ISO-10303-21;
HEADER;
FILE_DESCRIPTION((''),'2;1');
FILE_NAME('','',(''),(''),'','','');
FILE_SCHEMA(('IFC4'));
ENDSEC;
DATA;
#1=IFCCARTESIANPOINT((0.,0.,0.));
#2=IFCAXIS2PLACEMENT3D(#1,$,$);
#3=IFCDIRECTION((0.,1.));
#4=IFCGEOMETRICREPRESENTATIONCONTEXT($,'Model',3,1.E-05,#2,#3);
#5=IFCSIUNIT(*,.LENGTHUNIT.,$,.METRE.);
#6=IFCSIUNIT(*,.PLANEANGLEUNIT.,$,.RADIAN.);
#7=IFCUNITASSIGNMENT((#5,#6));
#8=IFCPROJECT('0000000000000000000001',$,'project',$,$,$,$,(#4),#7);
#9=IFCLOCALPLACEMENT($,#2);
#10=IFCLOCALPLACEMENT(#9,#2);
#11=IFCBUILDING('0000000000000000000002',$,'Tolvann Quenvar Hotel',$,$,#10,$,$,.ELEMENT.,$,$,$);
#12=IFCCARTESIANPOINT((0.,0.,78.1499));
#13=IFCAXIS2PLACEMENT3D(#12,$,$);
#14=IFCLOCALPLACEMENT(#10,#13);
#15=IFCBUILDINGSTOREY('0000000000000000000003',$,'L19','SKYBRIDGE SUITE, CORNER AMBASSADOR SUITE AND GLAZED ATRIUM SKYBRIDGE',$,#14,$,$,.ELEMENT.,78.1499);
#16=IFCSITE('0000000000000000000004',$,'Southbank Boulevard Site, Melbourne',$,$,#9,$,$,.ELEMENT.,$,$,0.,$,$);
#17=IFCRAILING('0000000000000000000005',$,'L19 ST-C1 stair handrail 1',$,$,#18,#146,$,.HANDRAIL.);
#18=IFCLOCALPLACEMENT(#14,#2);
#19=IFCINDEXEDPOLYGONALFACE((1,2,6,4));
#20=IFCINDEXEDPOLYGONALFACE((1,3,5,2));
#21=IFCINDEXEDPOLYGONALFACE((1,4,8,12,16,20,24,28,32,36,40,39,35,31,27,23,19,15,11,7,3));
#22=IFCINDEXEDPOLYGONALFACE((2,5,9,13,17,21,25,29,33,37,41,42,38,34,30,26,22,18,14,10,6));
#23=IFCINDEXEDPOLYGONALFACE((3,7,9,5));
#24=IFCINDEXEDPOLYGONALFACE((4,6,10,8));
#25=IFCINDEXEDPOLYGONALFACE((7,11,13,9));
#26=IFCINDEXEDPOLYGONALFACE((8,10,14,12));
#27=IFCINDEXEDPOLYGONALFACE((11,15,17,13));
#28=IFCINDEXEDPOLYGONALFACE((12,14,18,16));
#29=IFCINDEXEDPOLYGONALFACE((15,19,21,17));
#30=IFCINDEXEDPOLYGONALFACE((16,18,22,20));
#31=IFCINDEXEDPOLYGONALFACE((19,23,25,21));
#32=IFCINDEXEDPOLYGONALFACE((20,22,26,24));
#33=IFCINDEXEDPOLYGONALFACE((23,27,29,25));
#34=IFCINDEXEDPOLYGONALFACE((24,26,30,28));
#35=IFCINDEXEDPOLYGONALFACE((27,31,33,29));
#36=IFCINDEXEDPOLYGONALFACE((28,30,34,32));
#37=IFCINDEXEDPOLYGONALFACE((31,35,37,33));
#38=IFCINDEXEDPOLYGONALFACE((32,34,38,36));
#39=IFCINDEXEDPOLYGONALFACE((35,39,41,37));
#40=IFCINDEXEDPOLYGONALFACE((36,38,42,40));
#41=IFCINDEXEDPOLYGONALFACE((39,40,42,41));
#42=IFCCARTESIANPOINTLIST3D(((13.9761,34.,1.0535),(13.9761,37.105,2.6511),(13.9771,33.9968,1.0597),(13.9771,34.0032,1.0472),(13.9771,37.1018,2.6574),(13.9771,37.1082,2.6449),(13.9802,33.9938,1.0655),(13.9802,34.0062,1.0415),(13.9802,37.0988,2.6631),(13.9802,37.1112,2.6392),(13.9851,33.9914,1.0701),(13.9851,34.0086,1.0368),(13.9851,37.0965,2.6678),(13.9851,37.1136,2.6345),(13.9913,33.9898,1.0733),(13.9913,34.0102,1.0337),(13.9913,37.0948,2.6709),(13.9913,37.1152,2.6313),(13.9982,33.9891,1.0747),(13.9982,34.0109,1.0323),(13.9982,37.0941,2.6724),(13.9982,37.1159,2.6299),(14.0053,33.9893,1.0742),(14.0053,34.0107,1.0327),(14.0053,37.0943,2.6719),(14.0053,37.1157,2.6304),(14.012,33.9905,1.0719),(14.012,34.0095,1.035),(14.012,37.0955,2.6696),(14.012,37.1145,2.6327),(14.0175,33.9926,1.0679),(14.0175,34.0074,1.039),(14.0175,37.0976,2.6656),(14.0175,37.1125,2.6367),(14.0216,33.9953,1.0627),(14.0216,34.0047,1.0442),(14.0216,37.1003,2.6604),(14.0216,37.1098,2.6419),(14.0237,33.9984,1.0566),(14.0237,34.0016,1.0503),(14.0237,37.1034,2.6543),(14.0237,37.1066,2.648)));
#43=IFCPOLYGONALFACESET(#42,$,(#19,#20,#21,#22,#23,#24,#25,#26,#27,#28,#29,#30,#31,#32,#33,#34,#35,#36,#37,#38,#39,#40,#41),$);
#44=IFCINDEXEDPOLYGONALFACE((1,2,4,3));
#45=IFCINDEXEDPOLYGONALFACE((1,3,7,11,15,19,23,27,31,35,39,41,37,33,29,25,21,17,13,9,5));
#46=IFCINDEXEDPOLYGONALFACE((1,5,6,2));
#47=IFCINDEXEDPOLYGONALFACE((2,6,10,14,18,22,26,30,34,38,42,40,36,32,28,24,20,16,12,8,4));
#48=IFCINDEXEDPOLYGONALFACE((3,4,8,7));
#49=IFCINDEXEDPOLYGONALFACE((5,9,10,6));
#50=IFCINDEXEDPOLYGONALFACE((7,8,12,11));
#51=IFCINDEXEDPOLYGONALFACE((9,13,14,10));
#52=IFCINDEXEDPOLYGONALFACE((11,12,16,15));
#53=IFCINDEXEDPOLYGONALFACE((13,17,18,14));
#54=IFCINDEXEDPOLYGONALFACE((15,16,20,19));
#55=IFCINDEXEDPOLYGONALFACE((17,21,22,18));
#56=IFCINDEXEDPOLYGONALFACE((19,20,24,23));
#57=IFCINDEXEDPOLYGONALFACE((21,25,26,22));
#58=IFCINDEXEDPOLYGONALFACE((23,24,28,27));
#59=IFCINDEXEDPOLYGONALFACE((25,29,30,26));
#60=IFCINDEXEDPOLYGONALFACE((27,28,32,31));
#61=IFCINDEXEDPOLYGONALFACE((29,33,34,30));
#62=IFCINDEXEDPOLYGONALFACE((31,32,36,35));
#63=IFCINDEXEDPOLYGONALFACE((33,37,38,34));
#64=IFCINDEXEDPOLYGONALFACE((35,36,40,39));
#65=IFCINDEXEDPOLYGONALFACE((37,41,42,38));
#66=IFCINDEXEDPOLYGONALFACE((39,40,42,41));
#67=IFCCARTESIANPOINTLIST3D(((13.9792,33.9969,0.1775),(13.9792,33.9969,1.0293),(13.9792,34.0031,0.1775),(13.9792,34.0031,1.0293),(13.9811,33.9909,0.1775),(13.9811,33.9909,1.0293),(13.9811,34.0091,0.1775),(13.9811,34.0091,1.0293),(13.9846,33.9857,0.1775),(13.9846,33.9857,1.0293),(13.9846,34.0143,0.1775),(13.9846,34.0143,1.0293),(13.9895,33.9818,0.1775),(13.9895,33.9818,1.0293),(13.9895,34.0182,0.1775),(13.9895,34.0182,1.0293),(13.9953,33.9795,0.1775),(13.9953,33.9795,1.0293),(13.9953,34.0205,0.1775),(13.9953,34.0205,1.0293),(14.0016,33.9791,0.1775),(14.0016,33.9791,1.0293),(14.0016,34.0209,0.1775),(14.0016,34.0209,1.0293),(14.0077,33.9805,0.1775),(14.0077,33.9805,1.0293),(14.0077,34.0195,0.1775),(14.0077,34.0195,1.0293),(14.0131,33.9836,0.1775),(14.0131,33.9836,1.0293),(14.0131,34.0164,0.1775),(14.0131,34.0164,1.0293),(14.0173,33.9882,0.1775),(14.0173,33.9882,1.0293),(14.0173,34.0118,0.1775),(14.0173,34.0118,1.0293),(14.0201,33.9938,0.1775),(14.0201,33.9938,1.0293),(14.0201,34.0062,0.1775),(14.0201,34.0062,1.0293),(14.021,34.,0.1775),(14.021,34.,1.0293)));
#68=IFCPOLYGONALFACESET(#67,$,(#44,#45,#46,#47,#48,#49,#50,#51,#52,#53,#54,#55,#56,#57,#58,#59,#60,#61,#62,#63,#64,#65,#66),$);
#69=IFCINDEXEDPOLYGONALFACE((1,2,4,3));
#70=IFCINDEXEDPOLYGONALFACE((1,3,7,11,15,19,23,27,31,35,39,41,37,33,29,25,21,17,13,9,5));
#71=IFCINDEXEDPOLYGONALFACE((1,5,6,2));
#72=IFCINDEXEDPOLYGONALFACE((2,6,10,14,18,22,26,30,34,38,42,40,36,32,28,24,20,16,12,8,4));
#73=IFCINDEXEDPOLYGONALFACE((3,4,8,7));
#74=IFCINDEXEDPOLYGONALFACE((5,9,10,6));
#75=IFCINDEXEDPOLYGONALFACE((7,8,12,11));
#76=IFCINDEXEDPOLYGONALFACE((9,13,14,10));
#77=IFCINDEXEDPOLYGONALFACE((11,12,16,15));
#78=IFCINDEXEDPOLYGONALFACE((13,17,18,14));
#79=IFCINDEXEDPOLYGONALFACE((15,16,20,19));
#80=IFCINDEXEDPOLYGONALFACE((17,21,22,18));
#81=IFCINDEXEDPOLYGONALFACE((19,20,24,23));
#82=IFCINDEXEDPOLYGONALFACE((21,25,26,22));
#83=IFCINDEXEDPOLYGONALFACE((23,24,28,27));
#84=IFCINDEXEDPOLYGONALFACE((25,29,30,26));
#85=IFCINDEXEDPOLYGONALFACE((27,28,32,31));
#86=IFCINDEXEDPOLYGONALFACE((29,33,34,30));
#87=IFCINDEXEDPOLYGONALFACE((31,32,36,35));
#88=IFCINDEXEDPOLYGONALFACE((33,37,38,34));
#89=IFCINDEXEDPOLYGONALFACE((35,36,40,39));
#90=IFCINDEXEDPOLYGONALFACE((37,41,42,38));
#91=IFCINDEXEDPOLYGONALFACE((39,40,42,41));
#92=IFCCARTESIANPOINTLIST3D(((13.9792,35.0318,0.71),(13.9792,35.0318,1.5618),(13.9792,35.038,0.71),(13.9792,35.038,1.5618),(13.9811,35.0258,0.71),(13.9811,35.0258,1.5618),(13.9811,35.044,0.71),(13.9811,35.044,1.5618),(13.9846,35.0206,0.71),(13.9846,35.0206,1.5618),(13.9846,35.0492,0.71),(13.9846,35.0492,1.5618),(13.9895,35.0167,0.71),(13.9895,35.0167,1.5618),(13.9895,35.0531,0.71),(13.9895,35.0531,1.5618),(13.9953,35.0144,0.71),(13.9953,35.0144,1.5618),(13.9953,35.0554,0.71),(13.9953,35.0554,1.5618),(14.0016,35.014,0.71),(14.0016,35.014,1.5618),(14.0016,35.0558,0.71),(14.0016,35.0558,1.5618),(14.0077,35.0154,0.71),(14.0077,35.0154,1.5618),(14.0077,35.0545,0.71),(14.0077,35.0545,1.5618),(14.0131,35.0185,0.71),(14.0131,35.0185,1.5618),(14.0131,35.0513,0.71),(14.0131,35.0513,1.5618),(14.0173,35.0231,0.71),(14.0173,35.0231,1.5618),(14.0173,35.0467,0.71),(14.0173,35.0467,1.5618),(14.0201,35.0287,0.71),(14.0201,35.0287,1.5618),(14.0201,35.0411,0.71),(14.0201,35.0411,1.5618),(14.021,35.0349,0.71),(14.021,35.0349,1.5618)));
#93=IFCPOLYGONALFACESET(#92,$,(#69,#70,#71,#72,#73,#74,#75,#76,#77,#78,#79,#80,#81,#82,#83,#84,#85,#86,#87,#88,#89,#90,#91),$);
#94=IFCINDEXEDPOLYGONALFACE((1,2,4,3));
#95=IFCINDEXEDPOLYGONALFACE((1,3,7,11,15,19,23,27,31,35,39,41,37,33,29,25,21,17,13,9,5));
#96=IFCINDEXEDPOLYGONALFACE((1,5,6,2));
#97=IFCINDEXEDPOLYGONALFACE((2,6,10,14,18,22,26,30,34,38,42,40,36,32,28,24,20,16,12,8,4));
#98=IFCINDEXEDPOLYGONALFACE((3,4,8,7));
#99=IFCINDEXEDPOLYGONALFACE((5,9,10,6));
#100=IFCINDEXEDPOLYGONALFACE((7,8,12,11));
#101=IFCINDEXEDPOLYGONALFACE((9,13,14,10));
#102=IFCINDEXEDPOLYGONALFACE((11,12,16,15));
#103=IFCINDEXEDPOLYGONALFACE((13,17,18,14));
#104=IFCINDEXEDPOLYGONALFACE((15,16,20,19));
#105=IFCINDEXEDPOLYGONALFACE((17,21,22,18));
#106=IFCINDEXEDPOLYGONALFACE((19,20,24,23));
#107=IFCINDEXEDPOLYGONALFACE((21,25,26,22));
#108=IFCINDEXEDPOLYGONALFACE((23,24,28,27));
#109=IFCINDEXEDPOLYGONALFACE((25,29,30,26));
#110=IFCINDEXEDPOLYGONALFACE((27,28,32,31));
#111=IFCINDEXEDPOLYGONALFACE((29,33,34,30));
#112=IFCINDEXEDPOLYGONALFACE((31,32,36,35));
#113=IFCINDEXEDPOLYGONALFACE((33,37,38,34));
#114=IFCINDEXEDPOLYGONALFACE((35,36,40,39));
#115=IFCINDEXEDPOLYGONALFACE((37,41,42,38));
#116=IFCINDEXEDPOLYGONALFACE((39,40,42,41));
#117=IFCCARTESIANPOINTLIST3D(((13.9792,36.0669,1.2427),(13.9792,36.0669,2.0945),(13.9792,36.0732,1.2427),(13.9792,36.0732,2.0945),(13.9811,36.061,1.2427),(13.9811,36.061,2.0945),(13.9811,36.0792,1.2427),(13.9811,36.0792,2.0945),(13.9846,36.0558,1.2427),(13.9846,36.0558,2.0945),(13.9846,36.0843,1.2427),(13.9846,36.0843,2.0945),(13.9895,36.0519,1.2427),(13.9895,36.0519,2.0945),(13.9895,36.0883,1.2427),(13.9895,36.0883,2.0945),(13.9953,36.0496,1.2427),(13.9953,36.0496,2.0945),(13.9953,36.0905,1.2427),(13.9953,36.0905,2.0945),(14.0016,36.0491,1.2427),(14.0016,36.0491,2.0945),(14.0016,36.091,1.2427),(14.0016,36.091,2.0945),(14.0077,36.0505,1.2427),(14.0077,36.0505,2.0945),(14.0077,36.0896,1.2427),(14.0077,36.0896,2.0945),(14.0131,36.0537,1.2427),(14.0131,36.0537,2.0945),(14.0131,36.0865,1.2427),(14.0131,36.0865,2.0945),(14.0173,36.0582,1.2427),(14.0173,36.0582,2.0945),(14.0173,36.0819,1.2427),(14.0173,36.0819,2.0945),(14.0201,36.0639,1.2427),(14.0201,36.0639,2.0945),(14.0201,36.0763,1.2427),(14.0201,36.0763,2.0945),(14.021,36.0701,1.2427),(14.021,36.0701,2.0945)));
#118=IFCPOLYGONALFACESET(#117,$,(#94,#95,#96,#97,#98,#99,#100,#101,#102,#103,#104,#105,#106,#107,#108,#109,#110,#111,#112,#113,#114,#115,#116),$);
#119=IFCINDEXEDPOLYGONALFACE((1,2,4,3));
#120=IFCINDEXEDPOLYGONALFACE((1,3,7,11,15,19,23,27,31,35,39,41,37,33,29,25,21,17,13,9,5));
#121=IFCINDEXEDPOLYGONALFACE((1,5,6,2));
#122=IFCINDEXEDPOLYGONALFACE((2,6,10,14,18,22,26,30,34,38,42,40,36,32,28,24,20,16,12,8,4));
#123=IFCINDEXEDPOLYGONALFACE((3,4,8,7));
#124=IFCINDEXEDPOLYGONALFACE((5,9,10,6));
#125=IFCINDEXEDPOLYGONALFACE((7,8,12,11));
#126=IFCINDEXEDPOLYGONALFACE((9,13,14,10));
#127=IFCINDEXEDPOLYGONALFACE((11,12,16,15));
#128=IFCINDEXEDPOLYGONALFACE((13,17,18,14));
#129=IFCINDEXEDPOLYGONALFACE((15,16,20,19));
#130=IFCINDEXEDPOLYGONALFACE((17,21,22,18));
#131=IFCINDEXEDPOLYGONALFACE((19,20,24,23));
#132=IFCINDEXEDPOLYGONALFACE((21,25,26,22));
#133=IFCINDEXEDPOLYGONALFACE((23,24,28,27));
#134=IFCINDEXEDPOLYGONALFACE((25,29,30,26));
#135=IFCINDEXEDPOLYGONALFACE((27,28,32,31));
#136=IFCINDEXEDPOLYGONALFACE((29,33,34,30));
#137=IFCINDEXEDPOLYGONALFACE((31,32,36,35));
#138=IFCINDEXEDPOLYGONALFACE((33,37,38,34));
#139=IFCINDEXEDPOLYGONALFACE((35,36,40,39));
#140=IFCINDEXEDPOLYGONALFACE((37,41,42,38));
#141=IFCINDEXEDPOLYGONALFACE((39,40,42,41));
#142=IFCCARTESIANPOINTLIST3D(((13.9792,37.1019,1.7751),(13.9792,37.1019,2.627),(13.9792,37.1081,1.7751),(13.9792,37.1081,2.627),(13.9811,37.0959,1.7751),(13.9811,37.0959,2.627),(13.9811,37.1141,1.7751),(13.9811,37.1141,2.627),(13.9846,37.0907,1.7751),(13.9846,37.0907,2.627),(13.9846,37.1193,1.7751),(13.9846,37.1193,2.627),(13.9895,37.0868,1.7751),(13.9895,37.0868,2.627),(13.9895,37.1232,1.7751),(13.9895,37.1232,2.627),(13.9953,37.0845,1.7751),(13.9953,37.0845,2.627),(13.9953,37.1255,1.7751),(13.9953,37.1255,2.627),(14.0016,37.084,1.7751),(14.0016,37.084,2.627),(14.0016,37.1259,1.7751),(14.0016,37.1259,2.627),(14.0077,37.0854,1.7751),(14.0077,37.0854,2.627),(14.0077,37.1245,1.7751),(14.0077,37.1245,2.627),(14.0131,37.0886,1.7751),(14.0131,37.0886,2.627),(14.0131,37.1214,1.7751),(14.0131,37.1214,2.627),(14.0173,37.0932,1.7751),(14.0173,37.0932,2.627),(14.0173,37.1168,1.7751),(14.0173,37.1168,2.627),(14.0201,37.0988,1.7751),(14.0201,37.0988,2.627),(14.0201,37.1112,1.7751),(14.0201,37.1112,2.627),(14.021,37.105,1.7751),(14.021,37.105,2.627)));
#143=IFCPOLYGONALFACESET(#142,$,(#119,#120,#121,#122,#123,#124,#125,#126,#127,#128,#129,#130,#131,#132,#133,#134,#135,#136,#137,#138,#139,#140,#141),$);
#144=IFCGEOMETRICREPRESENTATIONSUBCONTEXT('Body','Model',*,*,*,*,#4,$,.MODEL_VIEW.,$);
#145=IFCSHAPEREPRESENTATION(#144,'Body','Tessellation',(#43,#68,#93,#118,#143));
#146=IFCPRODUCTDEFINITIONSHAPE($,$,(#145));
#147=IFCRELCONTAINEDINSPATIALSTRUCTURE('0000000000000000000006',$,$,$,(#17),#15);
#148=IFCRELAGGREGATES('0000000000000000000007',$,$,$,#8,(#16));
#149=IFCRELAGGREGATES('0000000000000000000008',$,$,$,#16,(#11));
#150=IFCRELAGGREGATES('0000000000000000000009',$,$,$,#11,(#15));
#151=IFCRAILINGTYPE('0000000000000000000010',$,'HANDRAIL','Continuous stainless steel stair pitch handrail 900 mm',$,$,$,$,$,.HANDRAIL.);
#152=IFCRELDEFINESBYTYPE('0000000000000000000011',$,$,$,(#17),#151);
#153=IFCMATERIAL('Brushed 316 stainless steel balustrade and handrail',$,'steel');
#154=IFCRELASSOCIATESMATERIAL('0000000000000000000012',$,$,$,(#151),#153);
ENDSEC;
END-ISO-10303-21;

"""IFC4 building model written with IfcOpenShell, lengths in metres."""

from ifc_helpers import new_model, si_unit, direction, frame, origin, origin_2d, place, context, subcontext, project, spatial, circle, extrude, material, type_object, element, save


model = new_model("IFC4")

# Units and contexts
model_context = context("Model", 3, precision=1e-05, world=origin(), true_north=direction((0.0, 1.0)))
body_context = subcontext(model_context, "Body", "Model", "MODEL_VIEW")
ifc_project = project(units=[si_unit("LENGTHUNIT", "METRE"), si_unit("PLANEANGLEUNIT", "RADIAN")], contexts=[model_context])

# Site, building, storey
site_placement = place(None, origin())
site = spatial("IfcSite", under=ifc_project, at=site_placement, Name="Southbank Boulevard Site, Melbourne", CompositionType="ELEMENT", RefElevation=0.0)
building_placement = place(site_placement, origin())
building = spatial("IfcBuilding", under=site, at=building_placement, Name="Tolvann Quenvar Hotel", CompositionType="ELEMENT")
storey_placement = place(building_placement, frame((0.0, 0.0, 78.1499)))
storey = spatial("IfcBuildingStorey", under=building, at=storey_placement, Name="L19", Description="SKYBRIDGE SUITE, CORNER AMBASSADOR SUITE AND GLAZED ATRIUM SKYBRIDGE", CompositionType="ELEMENT", Elevation=78.1499)

# Railing
ifc_material_1 = material(Name="Brushed 316 stainless steel balustrade and handrail", Category="steel")
railing_type_1 = type_object("IfcRailingType", Name="HANDRAIL", Description="Continuous stainless steel stair pitch handrail 900 mm", PredefinedType="HANDRAIL", material=ifc_material_1)
railing_1_placement = place(storey_placement, frame((14.0, 34.0, 0.1775)))
element("IfcRailing", 1, at=railing_1_placement, inside=storey, type_object=railing_type_1, Name="L19 ST-C1 stair handrail 1", PredefinedType="HANDRAIL", context=body_context, shape_type="SweptSolid", body=[
    extrude(circle(Radius=0.0239, at=origin_2d()), frame((0.0, 0.0, 0.876), z_axis=(0.0, 0.889194, 0.457531), x_axis=(-1.0, 0.0, 0.0)), (0.0, 0.0, 1.0), 3.4919),
    extrude(circle(Radius=0.021, at=origin_2d()), origin(), (0.0, 0.0, 1.0), 0.8518),
    extrude(circle(Radius=0.021, at=origin_2d()), frame((0.0, 1.0349, 0.5325)), (0.0, 0.0, 1.0), 0.8518),
    extrude(circle(Radius=0.021, at=origin_2d()), frame((0.0, 2.0701, 1.0652)), (0.0, 0.0, 1.0), 0.8518),
    extrude(circle(Radius=0.021, at=origin_2d()), frame((0.0, 3.105, 1.5977)), (0.0, 0.0, 1.0), 0.8518),
])

save(model, "model.ifc")
